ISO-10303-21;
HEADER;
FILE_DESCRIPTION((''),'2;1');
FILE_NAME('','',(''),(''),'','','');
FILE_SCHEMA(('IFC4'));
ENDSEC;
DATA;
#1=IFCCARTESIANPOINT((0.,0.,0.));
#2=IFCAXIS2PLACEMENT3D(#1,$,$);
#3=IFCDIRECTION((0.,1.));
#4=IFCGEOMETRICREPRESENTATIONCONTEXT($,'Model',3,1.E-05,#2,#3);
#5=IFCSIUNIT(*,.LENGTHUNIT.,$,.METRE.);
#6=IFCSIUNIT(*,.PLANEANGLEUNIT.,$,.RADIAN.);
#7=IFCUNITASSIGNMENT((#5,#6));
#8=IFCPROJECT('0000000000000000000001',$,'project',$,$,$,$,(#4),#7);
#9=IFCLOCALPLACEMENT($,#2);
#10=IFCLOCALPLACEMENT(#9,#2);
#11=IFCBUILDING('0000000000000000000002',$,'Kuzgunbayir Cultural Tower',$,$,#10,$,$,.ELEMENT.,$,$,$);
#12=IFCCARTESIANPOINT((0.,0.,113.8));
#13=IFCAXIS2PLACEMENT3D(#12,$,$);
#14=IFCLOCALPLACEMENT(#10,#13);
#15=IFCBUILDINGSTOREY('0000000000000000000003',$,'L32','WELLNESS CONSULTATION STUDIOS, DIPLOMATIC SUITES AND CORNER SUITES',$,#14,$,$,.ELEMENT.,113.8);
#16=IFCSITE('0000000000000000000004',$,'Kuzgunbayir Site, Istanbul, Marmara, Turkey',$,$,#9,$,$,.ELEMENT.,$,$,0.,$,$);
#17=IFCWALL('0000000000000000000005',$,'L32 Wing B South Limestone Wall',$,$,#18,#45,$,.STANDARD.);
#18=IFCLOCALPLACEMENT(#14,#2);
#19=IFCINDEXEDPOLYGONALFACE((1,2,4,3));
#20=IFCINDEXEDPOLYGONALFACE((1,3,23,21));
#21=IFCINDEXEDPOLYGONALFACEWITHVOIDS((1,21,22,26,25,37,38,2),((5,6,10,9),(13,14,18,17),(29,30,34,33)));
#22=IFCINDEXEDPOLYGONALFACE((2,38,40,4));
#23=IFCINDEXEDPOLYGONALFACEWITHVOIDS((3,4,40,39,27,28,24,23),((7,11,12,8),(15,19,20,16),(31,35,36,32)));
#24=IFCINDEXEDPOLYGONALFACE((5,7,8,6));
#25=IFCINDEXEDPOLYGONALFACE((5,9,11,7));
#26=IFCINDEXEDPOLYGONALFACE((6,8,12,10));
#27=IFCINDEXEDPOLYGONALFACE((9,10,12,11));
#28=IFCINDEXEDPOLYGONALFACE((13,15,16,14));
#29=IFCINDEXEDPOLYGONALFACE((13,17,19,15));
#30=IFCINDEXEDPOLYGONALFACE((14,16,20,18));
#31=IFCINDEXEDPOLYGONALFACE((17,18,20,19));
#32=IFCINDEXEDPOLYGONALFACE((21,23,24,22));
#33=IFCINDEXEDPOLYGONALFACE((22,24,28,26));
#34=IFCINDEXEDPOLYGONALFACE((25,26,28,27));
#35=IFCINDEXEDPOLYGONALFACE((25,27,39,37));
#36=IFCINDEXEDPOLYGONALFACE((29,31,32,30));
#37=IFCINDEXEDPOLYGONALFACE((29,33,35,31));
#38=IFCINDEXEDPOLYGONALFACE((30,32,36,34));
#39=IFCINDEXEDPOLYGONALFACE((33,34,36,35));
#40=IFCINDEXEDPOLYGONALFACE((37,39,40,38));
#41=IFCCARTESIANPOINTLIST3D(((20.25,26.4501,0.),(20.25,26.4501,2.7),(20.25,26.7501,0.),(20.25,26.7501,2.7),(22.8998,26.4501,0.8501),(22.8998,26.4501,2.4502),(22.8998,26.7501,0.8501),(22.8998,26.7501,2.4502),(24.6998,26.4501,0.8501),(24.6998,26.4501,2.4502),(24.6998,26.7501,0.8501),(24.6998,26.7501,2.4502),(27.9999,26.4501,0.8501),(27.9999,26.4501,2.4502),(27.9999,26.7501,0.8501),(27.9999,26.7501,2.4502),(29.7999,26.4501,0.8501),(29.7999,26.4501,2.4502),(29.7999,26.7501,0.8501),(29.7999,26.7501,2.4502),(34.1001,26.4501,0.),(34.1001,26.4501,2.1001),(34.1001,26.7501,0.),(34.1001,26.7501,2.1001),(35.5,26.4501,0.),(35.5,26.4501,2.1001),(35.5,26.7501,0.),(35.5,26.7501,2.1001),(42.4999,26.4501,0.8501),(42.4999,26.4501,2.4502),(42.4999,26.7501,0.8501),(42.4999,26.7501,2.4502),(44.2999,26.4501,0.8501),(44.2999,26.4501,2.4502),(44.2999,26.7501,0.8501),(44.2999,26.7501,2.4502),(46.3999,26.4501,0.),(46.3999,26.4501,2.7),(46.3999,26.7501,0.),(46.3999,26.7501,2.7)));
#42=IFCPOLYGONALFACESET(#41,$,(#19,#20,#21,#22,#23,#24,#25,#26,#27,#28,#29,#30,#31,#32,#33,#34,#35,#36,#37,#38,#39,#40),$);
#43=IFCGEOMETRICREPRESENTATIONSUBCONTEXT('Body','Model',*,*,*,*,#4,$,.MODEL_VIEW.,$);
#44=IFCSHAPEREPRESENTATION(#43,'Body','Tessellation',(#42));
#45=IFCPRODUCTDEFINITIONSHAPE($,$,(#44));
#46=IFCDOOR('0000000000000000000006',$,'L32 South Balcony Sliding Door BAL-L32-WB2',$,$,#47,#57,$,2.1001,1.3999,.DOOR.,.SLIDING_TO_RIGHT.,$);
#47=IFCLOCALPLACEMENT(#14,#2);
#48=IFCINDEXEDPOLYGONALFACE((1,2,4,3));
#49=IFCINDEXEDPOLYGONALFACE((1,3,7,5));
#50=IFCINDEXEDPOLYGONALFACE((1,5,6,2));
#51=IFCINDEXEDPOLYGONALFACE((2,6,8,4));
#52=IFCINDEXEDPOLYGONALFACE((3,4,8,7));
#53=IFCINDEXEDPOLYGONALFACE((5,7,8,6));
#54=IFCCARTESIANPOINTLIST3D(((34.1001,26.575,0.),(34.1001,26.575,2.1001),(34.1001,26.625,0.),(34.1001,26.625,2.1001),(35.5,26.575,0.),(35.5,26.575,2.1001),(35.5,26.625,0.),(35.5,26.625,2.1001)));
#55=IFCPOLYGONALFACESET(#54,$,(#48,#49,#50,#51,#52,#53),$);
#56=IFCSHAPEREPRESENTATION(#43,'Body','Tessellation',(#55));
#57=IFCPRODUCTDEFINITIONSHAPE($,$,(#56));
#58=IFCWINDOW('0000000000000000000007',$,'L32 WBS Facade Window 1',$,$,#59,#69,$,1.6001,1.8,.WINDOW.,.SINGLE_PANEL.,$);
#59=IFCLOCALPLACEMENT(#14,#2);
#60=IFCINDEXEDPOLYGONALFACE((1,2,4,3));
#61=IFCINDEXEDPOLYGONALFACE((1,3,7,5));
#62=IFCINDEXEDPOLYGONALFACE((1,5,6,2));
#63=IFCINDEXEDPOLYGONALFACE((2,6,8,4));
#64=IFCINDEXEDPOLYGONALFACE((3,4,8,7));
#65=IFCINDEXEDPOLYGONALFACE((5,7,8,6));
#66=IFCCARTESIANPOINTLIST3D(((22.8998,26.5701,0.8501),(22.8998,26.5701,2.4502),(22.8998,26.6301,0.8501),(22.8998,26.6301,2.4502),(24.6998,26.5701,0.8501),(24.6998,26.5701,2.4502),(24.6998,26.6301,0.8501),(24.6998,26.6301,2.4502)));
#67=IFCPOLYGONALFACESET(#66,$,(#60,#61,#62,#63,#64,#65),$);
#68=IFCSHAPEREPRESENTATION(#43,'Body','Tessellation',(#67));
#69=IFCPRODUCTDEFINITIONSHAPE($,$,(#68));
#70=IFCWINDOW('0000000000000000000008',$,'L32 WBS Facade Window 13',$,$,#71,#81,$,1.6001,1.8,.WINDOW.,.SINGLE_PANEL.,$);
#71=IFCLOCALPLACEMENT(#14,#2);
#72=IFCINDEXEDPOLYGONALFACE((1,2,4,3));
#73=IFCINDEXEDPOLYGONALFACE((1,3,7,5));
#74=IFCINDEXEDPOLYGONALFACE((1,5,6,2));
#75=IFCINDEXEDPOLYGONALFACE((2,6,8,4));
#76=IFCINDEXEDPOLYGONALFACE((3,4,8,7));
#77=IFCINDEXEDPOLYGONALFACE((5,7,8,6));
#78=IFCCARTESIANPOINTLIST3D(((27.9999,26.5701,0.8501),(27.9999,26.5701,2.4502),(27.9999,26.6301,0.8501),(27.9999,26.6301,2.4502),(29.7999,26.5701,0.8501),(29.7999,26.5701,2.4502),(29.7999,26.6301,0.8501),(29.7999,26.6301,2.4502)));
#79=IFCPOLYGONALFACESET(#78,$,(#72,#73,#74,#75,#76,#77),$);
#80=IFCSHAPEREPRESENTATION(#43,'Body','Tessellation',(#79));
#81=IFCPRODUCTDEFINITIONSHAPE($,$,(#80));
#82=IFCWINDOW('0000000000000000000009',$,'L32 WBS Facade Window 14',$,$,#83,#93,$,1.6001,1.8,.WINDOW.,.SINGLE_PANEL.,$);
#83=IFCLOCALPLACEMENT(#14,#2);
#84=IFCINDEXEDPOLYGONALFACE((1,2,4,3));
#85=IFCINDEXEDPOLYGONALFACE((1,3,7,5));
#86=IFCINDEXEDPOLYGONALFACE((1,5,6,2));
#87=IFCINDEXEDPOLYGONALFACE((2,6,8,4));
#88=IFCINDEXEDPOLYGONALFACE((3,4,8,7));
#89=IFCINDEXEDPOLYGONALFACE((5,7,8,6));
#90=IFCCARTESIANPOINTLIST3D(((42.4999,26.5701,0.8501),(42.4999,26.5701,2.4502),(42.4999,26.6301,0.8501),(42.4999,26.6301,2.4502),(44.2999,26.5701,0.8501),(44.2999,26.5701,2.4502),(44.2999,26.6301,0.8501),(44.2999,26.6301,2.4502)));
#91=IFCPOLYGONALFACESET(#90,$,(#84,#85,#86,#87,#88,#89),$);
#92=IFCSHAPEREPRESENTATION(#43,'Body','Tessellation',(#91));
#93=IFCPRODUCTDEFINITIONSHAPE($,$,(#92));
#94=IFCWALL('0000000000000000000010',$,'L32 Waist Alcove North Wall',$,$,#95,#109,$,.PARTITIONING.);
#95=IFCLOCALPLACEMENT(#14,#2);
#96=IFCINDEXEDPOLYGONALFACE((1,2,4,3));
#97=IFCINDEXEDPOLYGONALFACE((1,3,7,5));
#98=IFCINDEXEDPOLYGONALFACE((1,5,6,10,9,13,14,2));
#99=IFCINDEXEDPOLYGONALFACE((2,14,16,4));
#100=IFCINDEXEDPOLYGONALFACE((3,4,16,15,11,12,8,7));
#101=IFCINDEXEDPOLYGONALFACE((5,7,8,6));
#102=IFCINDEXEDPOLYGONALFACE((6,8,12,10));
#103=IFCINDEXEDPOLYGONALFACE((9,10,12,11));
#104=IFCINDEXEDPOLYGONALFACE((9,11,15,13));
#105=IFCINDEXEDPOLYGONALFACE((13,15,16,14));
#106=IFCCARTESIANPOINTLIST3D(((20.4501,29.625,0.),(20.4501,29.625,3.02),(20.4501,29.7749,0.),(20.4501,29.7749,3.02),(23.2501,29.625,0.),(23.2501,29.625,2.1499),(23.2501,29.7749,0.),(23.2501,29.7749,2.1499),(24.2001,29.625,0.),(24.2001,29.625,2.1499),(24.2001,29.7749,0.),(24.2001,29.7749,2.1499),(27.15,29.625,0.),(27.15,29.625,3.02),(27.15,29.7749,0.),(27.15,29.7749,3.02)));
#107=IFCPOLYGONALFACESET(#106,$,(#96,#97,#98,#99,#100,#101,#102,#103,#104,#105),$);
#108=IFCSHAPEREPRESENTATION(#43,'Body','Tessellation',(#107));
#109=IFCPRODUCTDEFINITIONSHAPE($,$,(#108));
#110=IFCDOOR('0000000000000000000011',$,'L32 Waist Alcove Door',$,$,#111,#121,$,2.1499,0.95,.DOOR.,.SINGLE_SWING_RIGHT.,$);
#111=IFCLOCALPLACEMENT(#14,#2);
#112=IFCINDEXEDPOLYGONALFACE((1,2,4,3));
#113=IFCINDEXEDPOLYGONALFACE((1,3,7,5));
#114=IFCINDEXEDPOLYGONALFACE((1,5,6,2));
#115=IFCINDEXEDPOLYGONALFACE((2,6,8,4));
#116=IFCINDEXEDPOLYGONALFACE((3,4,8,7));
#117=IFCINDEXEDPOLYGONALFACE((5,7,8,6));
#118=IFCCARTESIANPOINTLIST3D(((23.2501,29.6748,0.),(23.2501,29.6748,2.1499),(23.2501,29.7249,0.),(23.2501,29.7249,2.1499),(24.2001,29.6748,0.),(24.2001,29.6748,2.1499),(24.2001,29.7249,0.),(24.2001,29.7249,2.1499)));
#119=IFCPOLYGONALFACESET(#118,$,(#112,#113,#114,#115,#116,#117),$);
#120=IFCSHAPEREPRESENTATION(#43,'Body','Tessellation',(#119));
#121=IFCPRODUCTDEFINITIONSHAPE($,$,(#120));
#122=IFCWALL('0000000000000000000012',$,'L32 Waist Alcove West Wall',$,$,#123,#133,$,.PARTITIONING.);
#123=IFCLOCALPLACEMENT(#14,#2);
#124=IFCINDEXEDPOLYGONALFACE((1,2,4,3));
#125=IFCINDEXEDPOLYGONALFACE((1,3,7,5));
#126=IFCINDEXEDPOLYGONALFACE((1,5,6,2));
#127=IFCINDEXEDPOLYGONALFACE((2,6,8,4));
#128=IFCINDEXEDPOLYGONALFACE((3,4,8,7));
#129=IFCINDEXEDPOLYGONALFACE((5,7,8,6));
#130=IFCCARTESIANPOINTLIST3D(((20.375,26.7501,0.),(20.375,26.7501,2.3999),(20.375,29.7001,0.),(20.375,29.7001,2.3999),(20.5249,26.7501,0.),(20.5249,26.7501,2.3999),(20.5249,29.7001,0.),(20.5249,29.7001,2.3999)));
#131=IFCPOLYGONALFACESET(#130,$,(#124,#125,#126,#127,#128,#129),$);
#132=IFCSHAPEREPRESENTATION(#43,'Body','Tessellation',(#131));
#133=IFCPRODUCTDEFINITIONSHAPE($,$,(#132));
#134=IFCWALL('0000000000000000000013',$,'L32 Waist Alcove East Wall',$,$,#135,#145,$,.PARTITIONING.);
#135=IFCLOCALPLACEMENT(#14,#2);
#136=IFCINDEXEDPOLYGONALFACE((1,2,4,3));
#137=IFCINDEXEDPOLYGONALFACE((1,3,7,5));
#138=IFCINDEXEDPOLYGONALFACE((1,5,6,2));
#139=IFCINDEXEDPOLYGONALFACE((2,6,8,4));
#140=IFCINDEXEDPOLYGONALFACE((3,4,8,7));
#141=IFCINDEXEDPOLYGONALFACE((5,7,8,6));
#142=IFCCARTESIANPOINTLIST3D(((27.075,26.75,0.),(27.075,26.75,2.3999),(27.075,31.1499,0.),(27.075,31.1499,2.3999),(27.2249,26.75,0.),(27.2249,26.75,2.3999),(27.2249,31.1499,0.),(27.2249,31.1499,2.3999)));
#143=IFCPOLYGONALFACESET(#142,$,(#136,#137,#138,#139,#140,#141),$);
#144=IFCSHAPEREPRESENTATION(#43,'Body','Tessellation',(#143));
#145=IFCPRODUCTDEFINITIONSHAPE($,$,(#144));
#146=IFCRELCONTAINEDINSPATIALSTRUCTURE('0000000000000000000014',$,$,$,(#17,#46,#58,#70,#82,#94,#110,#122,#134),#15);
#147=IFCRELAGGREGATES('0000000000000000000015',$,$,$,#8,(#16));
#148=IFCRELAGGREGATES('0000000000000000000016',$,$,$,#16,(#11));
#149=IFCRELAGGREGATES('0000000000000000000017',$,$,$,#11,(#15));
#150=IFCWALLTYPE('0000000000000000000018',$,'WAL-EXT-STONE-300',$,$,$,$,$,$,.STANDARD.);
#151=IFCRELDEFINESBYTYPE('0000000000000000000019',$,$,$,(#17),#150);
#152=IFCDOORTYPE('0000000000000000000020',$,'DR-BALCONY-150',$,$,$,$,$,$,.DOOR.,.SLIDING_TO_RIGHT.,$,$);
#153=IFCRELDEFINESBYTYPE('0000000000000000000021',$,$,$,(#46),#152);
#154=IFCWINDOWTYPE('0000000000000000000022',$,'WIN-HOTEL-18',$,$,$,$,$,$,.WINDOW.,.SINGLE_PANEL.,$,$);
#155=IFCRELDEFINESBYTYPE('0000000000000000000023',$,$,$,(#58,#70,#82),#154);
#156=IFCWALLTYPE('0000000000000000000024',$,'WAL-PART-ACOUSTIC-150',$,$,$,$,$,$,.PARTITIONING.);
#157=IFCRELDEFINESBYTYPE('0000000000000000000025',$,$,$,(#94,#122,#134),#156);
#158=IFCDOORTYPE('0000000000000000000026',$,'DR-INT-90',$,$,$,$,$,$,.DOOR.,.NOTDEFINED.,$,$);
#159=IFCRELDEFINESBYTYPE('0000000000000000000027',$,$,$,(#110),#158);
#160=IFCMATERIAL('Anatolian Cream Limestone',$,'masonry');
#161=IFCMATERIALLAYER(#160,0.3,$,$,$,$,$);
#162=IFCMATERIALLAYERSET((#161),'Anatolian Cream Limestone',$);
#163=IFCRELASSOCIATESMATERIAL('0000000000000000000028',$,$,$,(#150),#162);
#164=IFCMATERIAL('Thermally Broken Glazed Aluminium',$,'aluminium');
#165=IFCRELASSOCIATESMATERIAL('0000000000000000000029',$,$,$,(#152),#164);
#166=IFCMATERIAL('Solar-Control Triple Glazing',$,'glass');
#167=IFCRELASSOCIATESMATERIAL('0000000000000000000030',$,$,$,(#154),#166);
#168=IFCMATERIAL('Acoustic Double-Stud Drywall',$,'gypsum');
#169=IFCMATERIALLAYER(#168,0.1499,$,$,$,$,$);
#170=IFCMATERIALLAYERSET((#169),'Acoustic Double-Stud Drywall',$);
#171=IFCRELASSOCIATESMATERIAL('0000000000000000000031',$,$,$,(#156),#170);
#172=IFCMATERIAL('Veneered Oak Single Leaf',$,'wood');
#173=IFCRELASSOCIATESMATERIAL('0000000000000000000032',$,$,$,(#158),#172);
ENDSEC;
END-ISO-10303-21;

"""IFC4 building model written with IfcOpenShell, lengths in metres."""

from ifc_helpers import new_model, si_unit, direction, frame, frame_2d, origin, place, context, subcontext, project, spatial, rectangle, extrude, material, layer, layer_set, type_object, element, fill, save


model = new_model("IFC4")

# Units and contexts
model_context = context("Model", 3, precision=1e-05, world=origin(), true_north=direction((0.0, 1.0)))
body_context = subcontext(model_context, "Body", "Model", "MODEL_VIEW")
ifc_project = project(units=[si_unit("LENGTHUNIT", "METRE"), si_unit("PLANEANGLEUNIT", "RADIAN")], contexts=[model_context])

# Site, building, storey
site_placement = place(None, origin())
site = spatial("IfcSite", under=ifc_project, at=site_placement, Name="Kuzgunbayir Site, Istanbul, Marmara, Turkey", CompositionType="ELEMENT", RefElevation=0.0)
building_placement = place(site_placement, origin())
building = spatial("IfcBuilding", under=site, at=building_placement, Name="Kuzgunbayir Cultural Tower", CompositionType="ELEMENT")
storey_placement = place(building_placement, frame((0.0, 0.0, 113.8)))
storey = spatial("IfcBuildingStorey", under=building, at=storey_placement, Name="L32", Description="WELLNESS CONSULTATION STUDIOS, DIPLOMATIC SUITES AND CORNER SUITES", CompositionType="ELEMENT", Elevation=113.8)

# Wall, openings, door, windows
ifc_material_1 = material(Name="Anatolian Cream Limestone", Category="masonry")
ifc_layer_1 = layer(ifc_material_1, 0.3)
ifc_layer_set_1 = layer_set([ifc_layer_1], Name="Anatolian Cream Limestone")
wall_type_1 = type_object("IfcWallType", Name="WAL-EXT-STONE-300", PredefinedType="STANDARD", material=ifc_layer_set_1)
wall_1_placement = place(storey_placement, frame((20.25, 26.6001, 0.0), z_axis=(0.0, 0.0, 1.0), x_axis=(1.0, 0.0, 0.0)))
wall_1 = element("IfcWall", 1, at=wall_1_placement, inside=storey, type_object=wall_type_1, Name="L32 Wing B South Limestone Wall", PredefinedType="STANDARD", context=body_context, shape_type="SweptSolid", body=[
    extrude(rectangle(XDim=26.1499, YDim=0.3, at=frame_2d((13.075, 0.0))), origin(), (0.0, 0.0, 1.0), 2.7),
])
opening_1_placement = place(wall_1_placement, frame((13.8501, 0.0, 0.0)))
opening_1 = element("IfcOpeningElement", 2, at=opening_1_placement, cuts=wall_1, PredefinedType="OPENING", context=body_context, shape_type="SweptSolid", body=[
    extrude(rectangle(XDim=1.3999, YDim=2.1001, at=frame_2d((0.7, 1.05))), frame((0.0, 0.1602, 0.0), z_axis=(0.0, -1.0, 0.0), x_axis=(1.0, 0.0, 0.0)), (0.0, 0.0, 1.0), 0.3201),
])
opening_2_placement = place(wall_1_placement, frame((2.6499, 0.0, 0.8501)))
opening_2 = element("IfcOpeningElement", 3, at=opening_2_placement, cuts=wall_1, PredefinedType="OPENING", context=body_context, shape_type="SweptSolid", body=[
    extrude(rectangle(XDim=1.8, YDim=1.6001, at=frame_2d((0.8999, 0.8))), frame((0.0, 0.1602, 0.0), z_axis=(0.0, -1.0, 0.0), x_axis=(1.0, 0.0, 0.0)), (0.0, 0.0, 1.0), 0.3201),
])
opening_3_placement = place(wall_1_placement, frame((7.75, 0.0, 0.8501)))
opening_3 = element("IfcOpeningElement", 4, at=opening_3_placement, cuts=wall_1, PredefinedType="OPENING", context=body_context, shape_type="SweptSolid", body=[
    extrude(rectangle(XDim=1.8, YDim=1.6001, at=frame_2d((0.8999, 0.8))), frame((0.0, 0.1602, 0.0), z_axis=(0.0, -1.0, 0.0), x_axis=(1.0, 0.0, 0.0)), (0.0, 0.0, 1.0), 0.3201),
])
opening_4_placement = place(wall_1_placement, frame((22.25, 0.0, 0.8501)))
opening_4 = element("IfcOpeningElement", 5, at=opening_4_placement, cuts=wall_1, PredefinedType="OPENING", context=body_context, shape_type="SweptSolid", body=[
    extrude(rectangle(XDim=1.8, YDim=1.6001, at=frame_2d((0.8999, 0.8))), frame((0.0, 0.1602, 0.0), z_axis=(0.0, -1.0, 0.0), x_axis=(1.0, 0.0, 0.0)), (0.0, 0.0, 1.0), 0.3201),
])
ifc_material_2 = material(Name="Thermally Broken Glazed Aluminium", Category="aluminium")
door_type_1 = type_object("IfcDoorType", Name="DR-BALCONY-150", OperationType="SLIDING_TO_RIGHT", PredefinedType="DOOR", material=ifc_material_2)
door_1_placement = place(opening_1_placement, origin())
door_1 = element("IfcDoor", 6, at=door_1_placement, inside=storey, type_object=door_type_1, Name="L32 South Balcony Sliding Door BAL-L32-WB2", OperationType="SLIDING_TO_RIGHT", OverallHeight=2.1001, OverallWidth=1.3999, PredefinedType="DOOR", context=body_context, shape_type="SweptSolid", body=[
    extrude(rectangle(XDim=1.3999, YDim=2.1001, at=frame_2d((0.7, 1.05))), frame((0.0, 0.0249, 0.0), z_axis=(0.0, -1.0, 0.0), x_axis=(1.0, 0.0, 0.0)), (0.0, 0.0, 1.0), 0.05),
])
fill(opening_1, door_1)
ifc_material_3 = material(Name="Solar-Control Triple Glazing", Category="glass")
window_type = type_object("IfcWindowType", Name="WIN-HOTEL-18", PartitioningType="SINGLE_PANEL", PredefinedType="WINDOW", material=ifc_material_3)
window_1_placement = place(opening_2_placement, origin())
window_1 = element("IfcWindow", 7, at=window_1_placement, inside=storey, type_object=window_type, Name="L32 WBS Facade Window 1", OverallHeight=1.6001, OverallWidth=1.8, PartitioningType="SINGLE_PANEL", PredefinedType="WINDOW", context=body_context, shape_type="SweptSolid", body=[
    extrude(rectangle(XDim=1.8, YDim=1.6001, at=frame_2d((0.8999, 0.8))), frame((0.0, 0.03, 0.0), z_axis=(0.0, -1.0, 0.0), x_axis=(1.0, 0.0, 0.0)), (0.0, 0.0, 1.0), 0.0601),
])
fill(opening_2, window_1)
window_2_placement = place(opening_3_placement, origin())
window_2 = element("IfcWindow", 8, at=window_2_placement, inside=storey, type_object=window_type, Name="L32 WBS Facade Window 13", OverallHeight=1.6001, OverallWidth=1.8, PartitioningType="SINGLE_PANEL", PredefinedType="WINDOW", context=body_context, shape_type="SweptSolid", body=[
    extrude(rectangle(XDim=1.8, YDim=1.6001, at=frame_2d((0.8999, 0.8))), frame((0.0, 0.03, 0.0), z_axis=(0.0, -1.0, 0.0), x_axis=(1.0, 0.0, 0.0)), (0.0, 0.0, 1.0), 0.0601),
])
fill(opening_3, window_2)
window_3_placement = place(opening_4_placement, origin())
window_3 = element("IfcWindow", 9, at=window_3_placement, inside=storey, type_object=window_type, Name="L32 WBS Facade Window 14", OverallHeight=1.6001, OverallWidth=1.8, PartitioningType="SINGLE_PANEL", PredefinedType="WINDOW", context=body_context, shape_type="SweptSolid", body=[
    extrude(rectangle(XDim=1.8, YDim=1.6001, at=frame_2d((0.8999, 0.8))), frame((0.0, 0.03, 0.0), z_axis=(0.0, -1.0, 0.0), x_axis=(1.0, 0.0, 0.0)), (0.0, 0.0, 1.0), 0.0601),
])
fill(opening_4, window_3)

# Wall, opening, door
ifc_material_4 = material(Name="Acoustic Double-Stud Drywall", Category="gypsum")
ifc_layer_2 = layer(ifc_material_4, 0.1499)
ifc_layer_set_2 = layer_set([ifc_layer_2], Name="Acoustic Double-Stud Drywall")
wall_type_2 = type_object("IfcWallType", Name="WAL-PART-ACOUSTIC-150", PredefinedType="PARTITIONING", material=ifc_layer_set_2)
wall_2_placement = place(storey_placement, frame((20.45, 29.7, 0.0), z_axis=(0.0, 0.0, 1.0), x_axis=(1.0, 0.0, 0.0)))
wall_2 = element("IfcWall", 10, at=wall_2_placement, inside=storey, type_object=wall_type_2, Name="L32 Waist Alcove North Wall", PredefinedType="PARTITIONING", context=body_context, shape_type="SweptSolid", body=[
    extrude(rectangle(XDim=6.7, YDim=0.1499, at=frame_2d((3.3501, 0.0))), origin(), (0.0, 0.0, 1.0), 3.02),
])
opening_5_placement = place(wall_2_placement, frame((2.8, 0.0, 0.0)))
opening_5 = element("IfcOpeningElement", 11, at=opening_5_placement, cuts=wall_2, PredefinedType="OPENING", context=body_context, shape_type="SweptSolid", body=[
    extrude(rectangle(XDim=0.95, YDim=2.1499, at=frame_2d((0.4751, 1.075))), frame((0.0, 0.085, 0.0), z_axis=(0.0, -1.0, 0.0), x_axis=(1.0, 0.0, 0.0)), (0.0, 0.0, 1.0), 0.1699),
])
ifc_material_5 = material(Name="Veneered Oak Single Leaf", Category="wood")
door_type_2 = type_object("IfcDoorType", Name="DR-INT-90", OperationType="NOTDEFINED", PredefinedType="DOOR", material=ifc_material_5)
door_2_placement = place(opening_5_placement, origin())
door_2 = element("IfcDoor", 12, at=door_2_placement, inside=storey, type_object=door_type_2, Name="L32 Waist Alcove Door", OperationType="SINGLE_SWING_RIGHT", OverallHeight=2.1499, OverallWidth=0.95, PredefinedType="DOOR", context=body_context, shape_type="SweptSolid", body=[
    extrude(rectangle(XDim=0.95, YDim=2.1499, at=frame_2d((0.4751, 1.075))), frame((0.0, 0.0249, 0.0), z_axis=(0.0, -1.0, 0.0), x_axis=(1.0, 0.0, 0.0)), (0.0, 0.0, 1.0), 0.05),
])
fill(opening_5, door_2)

# Walls
wall_3_placement = place(storey_placement, frame((20.45, 26.75, 0.0), z_axis=(0.0, 0.0, 1.0), x_axis=(0.0, 1.0, 0.0)))
element("IfcWall", 13, at=wall_3_placement, inside=storey, type_object=wall_type_2, Name="L32 Waist Alcove West Wall", PredefinedType="PARTITIONING", context=body_context, shape_type="SweptSolid", body=[
    extrude(rectangle(XDim=2.95, YDim=0.1499, at=frame_2d((1.4751, 0.0))), origin(), (0.0, 0.0, 1.0), 2.3999),
])
wall_4_placement = place(storey_placement, frame((27.1499, 26.75, 0.0), z_axis=(0.0, 0.0, 1.0), x_axis=(0.0, 1.0, 0.0)))
element("IfcWall", 14, at=wall_4_placement, inside=storey, type_object=wall_type_2, Name="L32 Waist Alcove East Wall", PredefinedType="PARTITIONING", context=body_context, shape_type="SweptSolid", body=[
    extrude(rectangle(XDim=4.3999, YDim=0.1499, at=frame_2d((2.2, 0.0))), origin(), (0.0, 0.0, 1.0), 2.3999),
])

save(model, "model.ifc")
